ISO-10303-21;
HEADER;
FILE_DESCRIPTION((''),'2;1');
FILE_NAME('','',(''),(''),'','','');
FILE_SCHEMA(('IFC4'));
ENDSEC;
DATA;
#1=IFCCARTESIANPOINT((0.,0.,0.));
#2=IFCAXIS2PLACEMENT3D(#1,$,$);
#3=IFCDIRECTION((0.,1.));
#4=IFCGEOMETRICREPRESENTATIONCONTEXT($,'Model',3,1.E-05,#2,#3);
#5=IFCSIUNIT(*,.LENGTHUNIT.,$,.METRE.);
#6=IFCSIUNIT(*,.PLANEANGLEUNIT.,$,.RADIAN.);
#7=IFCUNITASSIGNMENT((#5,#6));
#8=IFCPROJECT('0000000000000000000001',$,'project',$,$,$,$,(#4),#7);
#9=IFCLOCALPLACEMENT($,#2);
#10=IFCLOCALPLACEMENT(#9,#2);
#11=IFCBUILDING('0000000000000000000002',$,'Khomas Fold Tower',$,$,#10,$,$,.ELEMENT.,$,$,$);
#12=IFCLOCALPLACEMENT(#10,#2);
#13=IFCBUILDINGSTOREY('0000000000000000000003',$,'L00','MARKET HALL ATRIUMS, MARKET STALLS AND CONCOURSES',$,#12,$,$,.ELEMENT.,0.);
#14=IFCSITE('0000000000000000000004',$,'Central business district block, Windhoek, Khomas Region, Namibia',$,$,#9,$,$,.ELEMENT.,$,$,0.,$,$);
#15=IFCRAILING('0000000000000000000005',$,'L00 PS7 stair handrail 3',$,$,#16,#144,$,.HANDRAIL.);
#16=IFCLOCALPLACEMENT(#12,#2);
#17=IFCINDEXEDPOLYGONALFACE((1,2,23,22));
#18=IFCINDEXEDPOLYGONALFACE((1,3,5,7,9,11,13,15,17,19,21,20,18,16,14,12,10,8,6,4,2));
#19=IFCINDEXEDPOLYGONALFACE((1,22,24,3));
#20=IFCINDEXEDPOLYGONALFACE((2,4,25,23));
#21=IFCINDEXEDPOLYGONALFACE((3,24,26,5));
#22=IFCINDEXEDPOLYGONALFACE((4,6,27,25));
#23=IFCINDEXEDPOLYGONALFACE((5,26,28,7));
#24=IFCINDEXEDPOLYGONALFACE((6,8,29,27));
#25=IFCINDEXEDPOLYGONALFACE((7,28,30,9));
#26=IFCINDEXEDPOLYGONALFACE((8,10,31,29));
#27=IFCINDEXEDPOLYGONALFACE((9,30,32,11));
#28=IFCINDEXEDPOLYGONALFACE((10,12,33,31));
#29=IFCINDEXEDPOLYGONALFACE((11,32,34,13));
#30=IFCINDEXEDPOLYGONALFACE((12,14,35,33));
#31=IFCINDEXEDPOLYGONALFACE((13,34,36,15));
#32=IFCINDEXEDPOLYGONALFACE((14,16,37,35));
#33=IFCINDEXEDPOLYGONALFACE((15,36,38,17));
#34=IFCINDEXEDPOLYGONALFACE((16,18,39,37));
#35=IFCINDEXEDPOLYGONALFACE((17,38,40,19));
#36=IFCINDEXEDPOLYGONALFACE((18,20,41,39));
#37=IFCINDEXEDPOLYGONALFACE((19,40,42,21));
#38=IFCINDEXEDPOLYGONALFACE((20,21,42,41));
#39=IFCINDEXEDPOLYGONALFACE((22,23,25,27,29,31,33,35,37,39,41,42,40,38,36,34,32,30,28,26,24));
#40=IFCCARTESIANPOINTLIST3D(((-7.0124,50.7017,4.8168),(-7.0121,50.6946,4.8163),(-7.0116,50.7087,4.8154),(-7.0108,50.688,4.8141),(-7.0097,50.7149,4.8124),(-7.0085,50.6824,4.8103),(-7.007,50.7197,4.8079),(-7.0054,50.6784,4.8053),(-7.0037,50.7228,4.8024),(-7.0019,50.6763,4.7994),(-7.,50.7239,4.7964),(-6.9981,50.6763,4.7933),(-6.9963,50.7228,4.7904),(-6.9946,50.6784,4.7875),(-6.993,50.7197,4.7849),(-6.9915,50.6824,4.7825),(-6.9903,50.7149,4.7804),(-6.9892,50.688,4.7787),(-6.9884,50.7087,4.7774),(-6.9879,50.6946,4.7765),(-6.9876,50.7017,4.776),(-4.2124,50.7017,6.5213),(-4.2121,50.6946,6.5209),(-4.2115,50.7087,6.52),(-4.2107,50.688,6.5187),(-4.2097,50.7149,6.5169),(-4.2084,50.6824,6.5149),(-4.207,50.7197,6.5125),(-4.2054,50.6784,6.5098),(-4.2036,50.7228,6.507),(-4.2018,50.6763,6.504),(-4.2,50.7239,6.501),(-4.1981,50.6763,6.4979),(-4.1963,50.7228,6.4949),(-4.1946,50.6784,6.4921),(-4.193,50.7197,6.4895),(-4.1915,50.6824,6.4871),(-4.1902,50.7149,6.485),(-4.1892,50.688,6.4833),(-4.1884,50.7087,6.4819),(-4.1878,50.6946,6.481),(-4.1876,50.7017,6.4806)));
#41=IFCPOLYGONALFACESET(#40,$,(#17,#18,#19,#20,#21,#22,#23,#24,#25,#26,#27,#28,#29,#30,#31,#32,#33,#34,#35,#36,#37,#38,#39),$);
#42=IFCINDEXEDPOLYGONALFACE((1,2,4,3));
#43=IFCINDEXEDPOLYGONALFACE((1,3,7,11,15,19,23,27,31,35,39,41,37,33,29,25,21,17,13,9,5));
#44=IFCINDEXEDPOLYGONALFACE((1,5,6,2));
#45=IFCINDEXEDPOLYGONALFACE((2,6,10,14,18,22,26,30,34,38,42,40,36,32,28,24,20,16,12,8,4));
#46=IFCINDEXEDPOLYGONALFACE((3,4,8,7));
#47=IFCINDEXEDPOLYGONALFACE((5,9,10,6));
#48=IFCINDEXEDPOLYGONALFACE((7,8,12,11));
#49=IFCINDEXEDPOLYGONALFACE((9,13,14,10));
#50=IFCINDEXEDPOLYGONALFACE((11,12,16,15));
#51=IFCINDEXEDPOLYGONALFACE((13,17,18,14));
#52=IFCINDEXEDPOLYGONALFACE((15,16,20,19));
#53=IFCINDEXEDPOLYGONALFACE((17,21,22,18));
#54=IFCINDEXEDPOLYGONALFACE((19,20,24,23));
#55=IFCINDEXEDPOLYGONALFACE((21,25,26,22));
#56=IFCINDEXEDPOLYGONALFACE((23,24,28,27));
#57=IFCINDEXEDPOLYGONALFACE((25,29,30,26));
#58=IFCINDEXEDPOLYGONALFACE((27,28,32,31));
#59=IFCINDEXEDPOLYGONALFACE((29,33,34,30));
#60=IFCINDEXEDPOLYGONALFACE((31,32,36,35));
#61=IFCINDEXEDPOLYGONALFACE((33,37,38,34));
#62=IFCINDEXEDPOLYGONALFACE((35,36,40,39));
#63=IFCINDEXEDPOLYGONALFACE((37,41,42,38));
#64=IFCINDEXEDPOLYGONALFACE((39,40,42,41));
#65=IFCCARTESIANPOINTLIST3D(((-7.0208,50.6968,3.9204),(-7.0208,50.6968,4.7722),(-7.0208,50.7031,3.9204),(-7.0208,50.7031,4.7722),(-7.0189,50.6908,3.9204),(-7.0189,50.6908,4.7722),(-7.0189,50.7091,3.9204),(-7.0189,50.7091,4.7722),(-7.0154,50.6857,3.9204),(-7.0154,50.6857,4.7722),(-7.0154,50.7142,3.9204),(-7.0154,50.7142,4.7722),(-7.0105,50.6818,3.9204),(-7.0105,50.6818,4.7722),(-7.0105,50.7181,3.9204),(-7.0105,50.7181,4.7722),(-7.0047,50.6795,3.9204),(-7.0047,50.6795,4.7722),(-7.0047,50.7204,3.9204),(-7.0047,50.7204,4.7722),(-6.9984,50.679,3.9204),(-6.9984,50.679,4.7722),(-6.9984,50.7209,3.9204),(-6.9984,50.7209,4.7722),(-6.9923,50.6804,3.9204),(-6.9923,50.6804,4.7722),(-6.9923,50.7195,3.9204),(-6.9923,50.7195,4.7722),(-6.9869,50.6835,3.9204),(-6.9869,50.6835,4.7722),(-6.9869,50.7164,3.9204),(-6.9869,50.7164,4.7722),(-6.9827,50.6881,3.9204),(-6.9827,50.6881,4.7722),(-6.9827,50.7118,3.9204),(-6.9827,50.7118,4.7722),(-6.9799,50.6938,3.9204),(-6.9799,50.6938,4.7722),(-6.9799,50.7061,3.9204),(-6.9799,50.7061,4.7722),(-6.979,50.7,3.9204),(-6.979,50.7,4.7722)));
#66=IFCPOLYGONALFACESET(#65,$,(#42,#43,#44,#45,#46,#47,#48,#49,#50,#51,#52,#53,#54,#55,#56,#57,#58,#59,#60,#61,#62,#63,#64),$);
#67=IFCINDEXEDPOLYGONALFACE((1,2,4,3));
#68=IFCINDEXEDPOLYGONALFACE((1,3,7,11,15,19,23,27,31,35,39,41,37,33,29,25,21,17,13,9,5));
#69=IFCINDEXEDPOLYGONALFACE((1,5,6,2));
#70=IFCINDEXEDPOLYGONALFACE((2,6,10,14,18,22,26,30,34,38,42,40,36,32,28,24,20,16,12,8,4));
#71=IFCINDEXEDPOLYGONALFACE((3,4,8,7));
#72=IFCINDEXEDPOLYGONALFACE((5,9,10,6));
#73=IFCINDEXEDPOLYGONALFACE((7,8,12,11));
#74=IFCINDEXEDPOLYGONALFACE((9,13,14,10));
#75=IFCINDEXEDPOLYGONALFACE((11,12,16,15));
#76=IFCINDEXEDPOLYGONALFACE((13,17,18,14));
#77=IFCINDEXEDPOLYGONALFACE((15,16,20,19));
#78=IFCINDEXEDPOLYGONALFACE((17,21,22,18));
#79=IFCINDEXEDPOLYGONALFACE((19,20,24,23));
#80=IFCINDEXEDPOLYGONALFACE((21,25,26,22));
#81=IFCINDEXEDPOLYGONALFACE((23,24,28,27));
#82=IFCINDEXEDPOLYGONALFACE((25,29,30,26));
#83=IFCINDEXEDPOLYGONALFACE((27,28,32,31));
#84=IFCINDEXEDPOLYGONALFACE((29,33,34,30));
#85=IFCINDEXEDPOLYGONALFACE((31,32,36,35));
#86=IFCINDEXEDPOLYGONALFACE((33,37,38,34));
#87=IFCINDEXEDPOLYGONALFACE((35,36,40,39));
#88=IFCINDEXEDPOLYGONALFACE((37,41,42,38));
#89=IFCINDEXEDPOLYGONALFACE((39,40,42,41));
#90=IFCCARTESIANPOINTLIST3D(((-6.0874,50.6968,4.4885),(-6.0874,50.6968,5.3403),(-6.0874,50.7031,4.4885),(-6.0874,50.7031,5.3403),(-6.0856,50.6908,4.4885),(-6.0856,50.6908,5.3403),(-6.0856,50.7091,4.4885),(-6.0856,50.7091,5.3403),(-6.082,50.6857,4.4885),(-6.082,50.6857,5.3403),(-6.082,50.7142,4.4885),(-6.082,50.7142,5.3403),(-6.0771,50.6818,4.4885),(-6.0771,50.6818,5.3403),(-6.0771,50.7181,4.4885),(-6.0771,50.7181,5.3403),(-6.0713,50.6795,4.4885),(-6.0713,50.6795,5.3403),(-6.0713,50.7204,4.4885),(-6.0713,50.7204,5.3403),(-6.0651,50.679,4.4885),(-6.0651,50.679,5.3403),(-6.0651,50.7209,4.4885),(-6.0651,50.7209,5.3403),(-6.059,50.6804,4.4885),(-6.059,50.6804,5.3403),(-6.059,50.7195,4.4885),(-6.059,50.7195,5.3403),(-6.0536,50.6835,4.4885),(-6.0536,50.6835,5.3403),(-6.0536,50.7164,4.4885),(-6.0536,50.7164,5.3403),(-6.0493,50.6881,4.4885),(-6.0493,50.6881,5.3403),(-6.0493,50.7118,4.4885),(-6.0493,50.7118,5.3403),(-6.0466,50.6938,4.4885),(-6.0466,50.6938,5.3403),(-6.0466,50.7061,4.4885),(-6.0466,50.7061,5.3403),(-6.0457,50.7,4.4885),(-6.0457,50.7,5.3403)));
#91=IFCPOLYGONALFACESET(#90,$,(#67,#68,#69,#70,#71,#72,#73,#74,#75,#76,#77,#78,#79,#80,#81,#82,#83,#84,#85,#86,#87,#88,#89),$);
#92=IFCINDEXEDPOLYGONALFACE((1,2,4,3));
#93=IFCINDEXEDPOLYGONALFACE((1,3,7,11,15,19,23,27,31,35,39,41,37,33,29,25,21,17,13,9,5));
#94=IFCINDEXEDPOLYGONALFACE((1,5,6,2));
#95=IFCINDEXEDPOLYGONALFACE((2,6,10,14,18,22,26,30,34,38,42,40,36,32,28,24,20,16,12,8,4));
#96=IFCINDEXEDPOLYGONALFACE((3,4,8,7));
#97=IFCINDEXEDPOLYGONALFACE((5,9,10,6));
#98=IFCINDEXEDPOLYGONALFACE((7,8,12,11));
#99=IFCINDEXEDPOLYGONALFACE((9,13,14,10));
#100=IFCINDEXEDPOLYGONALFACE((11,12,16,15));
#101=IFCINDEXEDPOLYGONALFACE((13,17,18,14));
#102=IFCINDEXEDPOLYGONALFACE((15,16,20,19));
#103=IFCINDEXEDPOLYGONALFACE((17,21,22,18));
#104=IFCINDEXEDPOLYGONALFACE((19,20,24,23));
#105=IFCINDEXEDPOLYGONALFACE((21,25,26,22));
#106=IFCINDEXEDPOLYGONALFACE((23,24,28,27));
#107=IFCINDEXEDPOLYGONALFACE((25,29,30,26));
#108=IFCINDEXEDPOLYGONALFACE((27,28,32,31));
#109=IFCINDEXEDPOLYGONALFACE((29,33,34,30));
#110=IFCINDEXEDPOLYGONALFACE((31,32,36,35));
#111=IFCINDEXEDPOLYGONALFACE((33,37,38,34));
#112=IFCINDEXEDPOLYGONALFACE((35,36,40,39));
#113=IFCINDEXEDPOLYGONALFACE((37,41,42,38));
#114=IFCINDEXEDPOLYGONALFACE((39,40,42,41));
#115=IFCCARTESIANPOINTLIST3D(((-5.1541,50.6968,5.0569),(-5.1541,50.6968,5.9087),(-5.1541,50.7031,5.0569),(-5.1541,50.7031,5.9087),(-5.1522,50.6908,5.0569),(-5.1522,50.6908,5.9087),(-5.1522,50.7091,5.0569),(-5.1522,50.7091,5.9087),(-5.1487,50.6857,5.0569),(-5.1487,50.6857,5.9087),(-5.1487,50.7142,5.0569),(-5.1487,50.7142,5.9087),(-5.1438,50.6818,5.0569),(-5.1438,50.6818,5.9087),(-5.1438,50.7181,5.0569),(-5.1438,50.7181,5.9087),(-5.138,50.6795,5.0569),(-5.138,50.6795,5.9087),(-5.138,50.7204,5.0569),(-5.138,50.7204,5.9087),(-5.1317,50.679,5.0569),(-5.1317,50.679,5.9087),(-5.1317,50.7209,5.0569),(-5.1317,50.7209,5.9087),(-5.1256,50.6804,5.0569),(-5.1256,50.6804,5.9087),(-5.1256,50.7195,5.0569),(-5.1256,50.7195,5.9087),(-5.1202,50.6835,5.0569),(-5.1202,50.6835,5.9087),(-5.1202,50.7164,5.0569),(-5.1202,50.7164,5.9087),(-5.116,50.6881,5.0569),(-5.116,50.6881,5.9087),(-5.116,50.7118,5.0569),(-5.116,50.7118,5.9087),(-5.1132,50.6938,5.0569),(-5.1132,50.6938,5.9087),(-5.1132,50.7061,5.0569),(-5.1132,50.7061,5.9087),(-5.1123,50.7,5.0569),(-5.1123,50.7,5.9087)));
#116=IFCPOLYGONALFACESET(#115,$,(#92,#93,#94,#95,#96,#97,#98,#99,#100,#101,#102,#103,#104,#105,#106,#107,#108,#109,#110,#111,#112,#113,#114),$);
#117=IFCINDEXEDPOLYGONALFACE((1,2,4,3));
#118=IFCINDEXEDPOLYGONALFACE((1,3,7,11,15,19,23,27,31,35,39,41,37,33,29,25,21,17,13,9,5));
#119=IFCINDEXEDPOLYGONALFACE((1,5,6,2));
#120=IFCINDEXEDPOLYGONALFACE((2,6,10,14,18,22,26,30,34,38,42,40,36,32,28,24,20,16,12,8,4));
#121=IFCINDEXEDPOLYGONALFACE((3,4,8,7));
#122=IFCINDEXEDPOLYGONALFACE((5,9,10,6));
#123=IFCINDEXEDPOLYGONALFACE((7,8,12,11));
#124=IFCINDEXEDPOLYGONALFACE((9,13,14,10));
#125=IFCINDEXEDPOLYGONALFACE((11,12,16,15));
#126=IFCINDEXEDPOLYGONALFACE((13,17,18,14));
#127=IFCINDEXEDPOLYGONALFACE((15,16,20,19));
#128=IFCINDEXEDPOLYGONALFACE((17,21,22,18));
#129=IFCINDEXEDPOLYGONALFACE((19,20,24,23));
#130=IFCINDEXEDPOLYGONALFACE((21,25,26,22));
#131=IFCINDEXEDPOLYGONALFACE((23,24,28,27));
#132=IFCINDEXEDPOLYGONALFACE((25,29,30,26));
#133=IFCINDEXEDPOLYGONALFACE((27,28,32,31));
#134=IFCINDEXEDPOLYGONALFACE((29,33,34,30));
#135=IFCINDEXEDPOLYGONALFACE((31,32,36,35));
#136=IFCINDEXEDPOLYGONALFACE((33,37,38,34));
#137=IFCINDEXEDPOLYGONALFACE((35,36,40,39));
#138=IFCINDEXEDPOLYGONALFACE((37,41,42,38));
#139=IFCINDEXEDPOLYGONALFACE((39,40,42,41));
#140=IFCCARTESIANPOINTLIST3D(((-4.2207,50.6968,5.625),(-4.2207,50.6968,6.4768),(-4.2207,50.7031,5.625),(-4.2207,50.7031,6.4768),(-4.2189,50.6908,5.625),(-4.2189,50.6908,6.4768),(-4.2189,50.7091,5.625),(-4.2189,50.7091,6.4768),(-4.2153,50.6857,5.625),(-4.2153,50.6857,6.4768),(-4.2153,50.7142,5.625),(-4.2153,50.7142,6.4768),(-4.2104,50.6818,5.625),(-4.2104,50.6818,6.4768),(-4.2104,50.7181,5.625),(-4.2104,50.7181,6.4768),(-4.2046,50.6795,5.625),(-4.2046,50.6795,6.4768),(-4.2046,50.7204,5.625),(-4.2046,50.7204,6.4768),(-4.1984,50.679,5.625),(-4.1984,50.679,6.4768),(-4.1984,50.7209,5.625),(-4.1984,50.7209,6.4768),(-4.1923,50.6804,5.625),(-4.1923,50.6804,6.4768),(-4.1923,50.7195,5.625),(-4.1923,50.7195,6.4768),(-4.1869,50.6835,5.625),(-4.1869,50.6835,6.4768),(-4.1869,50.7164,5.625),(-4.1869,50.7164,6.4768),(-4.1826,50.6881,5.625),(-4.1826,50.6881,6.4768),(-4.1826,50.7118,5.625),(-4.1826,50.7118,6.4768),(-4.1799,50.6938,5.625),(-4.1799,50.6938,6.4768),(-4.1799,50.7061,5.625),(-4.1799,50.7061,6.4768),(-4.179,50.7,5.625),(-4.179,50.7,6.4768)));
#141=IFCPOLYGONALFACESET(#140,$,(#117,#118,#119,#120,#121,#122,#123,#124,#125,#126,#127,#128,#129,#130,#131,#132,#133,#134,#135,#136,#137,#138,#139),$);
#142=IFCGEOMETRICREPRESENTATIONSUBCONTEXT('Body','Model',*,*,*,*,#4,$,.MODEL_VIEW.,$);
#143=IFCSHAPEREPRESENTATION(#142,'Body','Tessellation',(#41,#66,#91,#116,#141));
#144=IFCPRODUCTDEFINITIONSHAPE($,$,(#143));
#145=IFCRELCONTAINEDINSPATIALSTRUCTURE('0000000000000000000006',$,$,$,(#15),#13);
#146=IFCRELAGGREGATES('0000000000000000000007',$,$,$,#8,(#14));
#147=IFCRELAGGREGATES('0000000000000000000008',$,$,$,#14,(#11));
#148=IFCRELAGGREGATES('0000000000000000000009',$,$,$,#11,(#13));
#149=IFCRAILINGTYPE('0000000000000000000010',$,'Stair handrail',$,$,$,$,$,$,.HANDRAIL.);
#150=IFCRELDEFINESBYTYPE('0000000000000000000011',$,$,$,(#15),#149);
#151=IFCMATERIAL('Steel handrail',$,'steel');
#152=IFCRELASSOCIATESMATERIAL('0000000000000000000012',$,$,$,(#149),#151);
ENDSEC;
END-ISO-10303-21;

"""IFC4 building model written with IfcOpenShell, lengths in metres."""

from ifc_helpers import new_model, si_unit, direction, frame, origin, origin_2d, place, context, subcontext, project, spatial, circle, extrude, source, transform, mapped, material, type_object, element, save


model = new_model("IFC4")

# Units and contexts
model_context = context("Model", 3, precision=1e-05, world=origin(), true_north=direction((0.0, 1.0)))
body_context = subcontext(model_context, "Body", "Model", "MODEL_VIEW")
ifc_project = project(units=[si_unit("LENGTHUNIT", "METRE"), si_unit("PLANEANGLEUNIT", "RADIAN")], contexts=[model_context])

# Site, building, storey
site_placement = place(None, origin())
site = spatial("IfcSite", under=ifc_project, at=site_placement, Name="Central business district block, Windhoek, Khomas Region, Namibia", CompositionType="ELEMENT", RefElevation=0.0)
building_placement = place(site_placement, origin())
building = spatial("IfcBuilding", under=site, at=building_placement, Name="Khomas Fold Tower", CompositionType="ELEMENT")
storey_placement = place(building_placement, origin())
storey = spatial("IfcBuildingStorey", under=building, at=storey_placement, Name="L00", Description="MARKET HALL ATRIUMS, MARKET STALLS AND CONCOURSES", CompositionType="ELEMENT", Elevation=0.0)

# Railing
ifc_material_1 = material(Name="Steel handrail", Category="steel")
railing_type_1 = type_object("IfcRailingType", Name="Stair handrail", PredefinedType="HANDRAIL", material=ifc_material_1)
shared_shape_1 = source(origin(), body_context, "Body", "SweptSolid", [
    extrude(circle(Radius=0.0239, at=origin_2d()), frame((0.0, 0.0, 0.876), z_axis=(0.85417, 0.0, 0.519994), x_axis=(0.0, 1.0, 0.0)), (0.0, 0.0, 1.0), 3.2781),
    extrude(circle(Radius=0.021, at=origin_2d()), origin(), (0.0, 0.0, 1.0), 0.8518),
    extrude(circle(Radius=0.021, at=origin_2d()), frame((0.9333, 0.0, 0.5681)), (0.0, 0.0, 1.0), 0.8518),
    extrude(circle(Radius=0.021, at=origin_2d()), frame((1.8667, 0.0, 1.1365)), (0.0, 0.0, 1.0), 0.8518),
    extrude(circle(Radius=0.021, at=origin_2d()), frame((2.8, 0.0, 1.7046)), (0.0, 0.0, 1.0), 0.8518),
])
for number, where, name in (
    (1, (-7.0, 50.7, 3.9204), "L00 PS7 stair handrail 3"),
):
    element("IfcRailing", number, at=place(storey_placement, frame(where)), inside=storey, type_object=railing_type_1, Name=name, PredefinedType="HANDRAIL", context=body_context, shape_type="MappedRepresentation", body=[
        mapped(shared_shape_1, transform((0.0, 0.0, 0.0))),
    ])

save(model, "model.ifc")
